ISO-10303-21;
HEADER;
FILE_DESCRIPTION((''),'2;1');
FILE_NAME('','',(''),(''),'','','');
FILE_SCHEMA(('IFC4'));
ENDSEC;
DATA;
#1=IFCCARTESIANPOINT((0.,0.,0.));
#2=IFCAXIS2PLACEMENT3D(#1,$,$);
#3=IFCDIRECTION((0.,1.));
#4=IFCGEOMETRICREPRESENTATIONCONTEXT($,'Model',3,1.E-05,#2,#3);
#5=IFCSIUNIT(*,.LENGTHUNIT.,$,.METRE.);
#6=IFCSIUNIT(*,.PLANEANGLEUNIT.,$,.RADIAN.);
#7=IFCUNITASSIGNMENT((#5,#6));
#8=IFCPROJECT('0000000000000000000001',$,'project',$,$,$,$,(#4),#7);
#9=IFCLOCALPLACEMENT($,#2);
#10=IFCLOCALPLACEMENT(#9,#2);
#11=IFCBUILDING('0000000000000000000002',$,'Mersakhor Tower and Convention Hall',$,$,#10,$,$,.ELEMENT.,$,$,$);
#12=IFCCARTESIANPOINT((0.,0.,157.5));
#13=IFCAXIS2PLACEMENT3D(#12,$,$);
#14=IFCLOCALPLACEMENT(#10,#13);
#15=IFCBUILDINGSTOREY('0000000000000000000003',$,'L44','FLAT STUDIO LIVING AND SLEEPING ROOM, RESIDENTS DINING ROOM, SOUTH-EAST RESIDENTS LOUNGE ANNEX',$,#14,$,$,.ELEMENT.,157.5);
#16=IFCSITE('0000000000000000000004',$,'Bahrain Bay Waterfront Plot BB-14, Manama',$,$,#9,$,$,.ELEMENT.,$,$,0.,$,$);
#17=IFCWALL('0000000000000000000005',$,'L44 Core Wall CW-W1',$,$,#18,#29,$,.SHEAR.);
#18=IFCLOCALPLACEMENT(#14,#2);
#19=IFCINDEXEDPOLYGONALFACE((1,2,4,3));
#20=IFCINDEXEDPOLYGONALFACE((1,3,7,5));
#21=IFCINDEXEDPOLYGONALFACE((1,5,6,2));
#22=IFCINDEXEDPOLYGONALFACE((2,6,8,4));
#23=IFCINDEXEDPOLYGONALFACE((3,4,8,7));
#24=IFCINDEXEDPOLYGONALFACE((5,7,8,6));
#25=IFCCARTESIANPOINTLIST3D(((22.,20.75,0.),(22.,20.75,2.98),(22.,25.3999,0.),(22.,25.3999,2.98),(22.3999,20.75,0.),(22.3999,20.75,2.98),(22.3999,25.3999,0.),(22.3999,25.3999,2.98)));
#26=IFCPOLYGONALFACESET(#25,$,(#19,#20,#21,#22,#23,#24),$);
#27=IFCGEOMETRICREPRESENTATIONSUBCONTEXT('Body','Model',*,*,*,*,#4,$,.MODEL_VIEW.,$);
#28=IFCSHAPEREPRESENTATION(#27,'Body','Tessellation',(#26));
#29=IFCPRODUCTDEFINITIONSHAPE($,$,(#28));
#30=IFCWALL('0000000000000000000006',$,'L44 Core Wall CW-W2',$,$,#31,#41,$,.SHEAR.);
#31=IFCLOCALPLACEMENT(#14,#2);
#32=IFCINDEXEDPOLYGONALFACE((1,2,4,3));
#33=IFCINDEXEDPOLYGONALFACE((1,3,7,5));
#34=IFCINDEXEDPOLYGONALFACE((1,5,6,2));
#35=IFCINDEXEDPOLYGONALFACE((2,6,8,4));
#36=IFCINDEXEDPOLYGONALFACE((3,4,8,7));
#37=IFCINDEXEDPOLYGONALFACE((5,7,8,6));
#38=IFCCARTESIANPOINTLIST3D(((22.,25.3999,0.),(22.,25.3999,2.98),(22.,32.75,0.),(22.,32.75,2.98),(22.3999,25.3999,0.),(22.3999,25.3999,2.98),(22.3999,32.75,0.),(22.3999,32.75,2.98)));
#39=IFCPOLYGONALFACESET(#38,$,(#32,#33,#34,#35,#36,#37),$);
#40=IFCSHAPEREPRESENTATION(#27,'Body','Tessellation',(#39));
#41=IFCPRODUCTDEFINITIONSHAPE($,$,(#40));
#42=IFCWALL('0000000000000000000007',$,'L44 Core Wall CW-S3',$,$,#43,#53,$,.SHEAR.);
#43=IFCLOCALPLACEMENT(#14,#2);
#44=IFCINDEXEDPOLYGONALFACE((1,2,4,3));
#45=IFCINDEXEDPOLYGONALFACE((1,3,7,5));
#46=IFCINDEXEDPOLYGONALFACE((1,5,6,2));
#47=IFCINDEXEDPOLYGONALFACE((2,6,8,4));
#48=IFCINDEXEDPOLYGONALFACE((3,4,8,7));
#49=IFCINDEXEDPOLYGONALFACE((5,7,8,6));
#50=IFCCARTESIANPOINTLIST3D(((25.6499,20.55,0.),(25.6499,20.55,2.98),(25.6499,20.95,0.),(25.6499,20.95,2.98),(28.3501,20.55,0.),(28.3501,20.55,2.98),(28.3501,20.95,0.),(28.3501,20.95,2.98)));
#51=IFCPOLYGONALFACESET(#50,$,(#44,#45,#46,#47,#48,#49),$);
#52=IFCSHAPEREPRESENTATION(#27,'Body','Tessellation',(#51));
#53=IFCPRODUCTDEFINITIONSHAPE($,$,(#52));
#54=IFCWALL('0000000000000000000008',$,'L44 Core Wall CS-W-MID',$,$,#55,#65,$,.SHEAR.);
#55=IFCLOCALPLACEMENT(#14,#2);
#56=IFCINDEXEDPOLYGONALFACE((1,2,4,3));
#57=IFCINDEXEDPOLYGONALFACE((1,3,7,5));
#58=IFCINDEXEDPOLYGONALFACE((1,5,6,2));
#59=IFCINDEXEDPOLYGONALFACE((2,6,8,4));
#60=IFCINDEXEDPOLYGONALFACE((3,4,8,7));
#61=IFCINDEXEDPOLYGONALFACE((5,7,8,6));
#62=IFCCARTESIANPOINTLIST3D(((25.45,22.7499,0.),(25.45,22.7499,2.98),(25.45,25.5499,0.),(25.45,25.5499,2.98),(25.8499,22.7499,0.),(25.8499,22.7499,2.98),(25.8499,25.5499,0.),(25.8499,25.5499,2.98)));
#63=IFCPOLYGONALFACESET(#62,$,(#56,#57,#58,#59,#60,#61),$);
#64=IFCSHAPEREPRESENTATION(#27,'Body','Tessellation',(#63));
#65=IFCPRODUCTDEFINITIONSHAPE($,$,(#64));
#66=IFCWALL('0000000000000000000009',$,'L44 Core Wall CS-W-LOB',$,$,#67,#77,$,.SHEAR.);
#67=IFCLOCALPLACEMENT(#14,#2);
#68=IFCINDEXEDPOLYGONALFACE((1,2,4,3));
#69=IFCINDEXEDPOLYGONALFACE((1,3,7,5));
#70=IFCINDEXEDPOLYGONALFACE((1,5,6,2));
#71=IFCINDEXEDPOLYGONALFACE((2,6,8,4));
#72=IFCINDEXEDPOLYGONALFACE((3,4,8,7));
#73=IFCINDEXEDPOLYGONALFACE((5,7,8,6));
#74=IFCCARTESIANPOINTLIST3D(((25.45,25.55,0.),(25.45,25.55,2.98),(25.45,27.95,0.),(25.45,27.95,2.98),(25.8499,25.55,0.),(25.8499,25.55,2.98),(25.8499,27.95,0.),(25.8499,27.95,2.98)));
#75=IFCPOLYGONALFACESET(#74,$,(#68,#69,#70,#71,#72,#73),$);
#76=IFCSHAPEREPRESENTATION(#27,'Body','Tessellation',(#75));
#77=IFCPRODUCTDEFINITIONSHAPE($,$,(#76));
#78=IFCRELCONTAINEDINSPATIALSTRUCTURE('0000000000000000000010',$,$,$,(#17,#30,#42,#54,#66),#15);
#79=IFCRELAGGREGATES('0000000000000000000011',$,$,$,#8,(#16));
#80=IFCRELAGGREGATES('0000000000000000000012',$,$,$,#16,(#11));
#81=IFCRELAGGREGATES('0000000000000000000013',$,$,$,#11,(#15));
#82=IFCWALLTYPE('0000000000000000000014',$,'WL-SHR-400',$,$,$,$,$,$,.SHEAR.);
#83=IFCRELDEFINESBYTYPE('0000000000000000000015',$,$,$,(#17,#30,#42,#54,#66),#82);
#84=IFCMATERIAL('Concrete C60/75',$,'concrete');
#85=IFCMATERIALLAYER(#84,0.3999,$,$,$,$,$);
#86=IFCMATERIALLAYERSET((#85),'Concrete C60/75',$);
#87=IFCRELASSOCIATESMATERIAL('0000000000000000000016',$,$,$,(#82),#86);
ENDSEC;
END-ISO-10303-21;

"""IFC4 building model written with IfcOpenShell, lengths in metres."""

from ifc_helpers import new_model, si_unit, direction, frame, frame_2d, origin, place, context, subcontext, project, spatial, rectangle, extrude, material, layer, layer_set, type_object, element, save


model = new_model("IFC4")

# Units and contexts
model_context = context("Model", 3, precision=1e-05, world=origin(), true_north=direction((0.0, 1.0)))
body_context = subcontext(model_context, "Body", "Model", "MODEL_VIEW")
ifc_project = project(units=[si_unit("LENGTHUNIT", "METRE"), si_unit("PLANEANGLEUNIT", "RADIAN")], contexts=[model_context])

# Site, building, storey
site_placement = place(None, origin())
site = spatial("IfcSite", under=ifc_project, at=site_placement, Name="Bahrain Bay Waterfront Plot BB-14, Manama", CompositionType="ELEMENT", RefElevation=0.0)
building_placement = place(site_placement, origin())
building = spatial("IfcBuilding", under=site, at=building_placement, Name="Mersakhor Tower and Convention Hall", CompositionType="ELEMENT")
storey_placement = place(building_placement, frame((0.0, 0.0, 157.5)))
storey = spatial("IfcBuildingStorey", under=building, at=storey_placement, Name="L44", Description="FLAT STUDIO LIVING AND SLEEPING ROOM, RESIDENTS DINING ROOM, SOUTH-EAST RESIDENTS LOUNGE ANNEX", CompositionType="ELEMENT", Elevation=157.5)

# Walls
ifc_material_1 = material(Name="Concrete C60/75", Category="concrete")
ifc_layer_1 = layer(ifc_material_1, 0.3999)
ifc_layer_set_1 = layer_set([ifc_layer_1], Name="Concrete C60/75")
wall_type_1 = type_object("IfcWallType", Name="WL-SHR-400", PredefinedType="SHEAR", material=ifc_layer_set_1)
wall_1_placement = place(storey_placement, frame((22.2, 20.75, 0.0), z_axis=(0.0, 0.0, 1.0), x_axis=(0.0, 1.0, 0.0)))
element("IfcWall", 1, at=wall_1_placement, inside=storey, type_object=wall_type_1, Name="L44 Core Wall CW-W1", PredefinedType="SHEAR", context=body_context, shape_type="SweptSolid", body=[
    extrude(rectangle(XDim=4.6499, YDim=0.3999, at=frame_2d((2.325, 0.0))), origin(), (0.0, 0.0, 1.0), 2.98),
])
wall_2_placement = place(storey_placement, frame((22.2, 25.3999, 0.0), z_axis=(0.0, 0.0, 1.0), x_axis=(0.0, 1.0, 0.0)))
element("IfcWall", 2, at=wall_2_placement, inside=storey, type_object=wall_type_1, Name="L44 Core Wall CW-W2", PredefinedType="SHEAR", context=body_context, shape_type="SweptSolid", body=[
    extrude(rectangle(XDim=7.3501, YDim=0.3999, at=frame_2d((3.675, 0.0))), origin(), (0.0, 0.0, 1.0), 2.98),
])
wall_3_placement = place(storey_placement, frame((28.3501, 20.75, 0.0), z_axis=(0.0, 0.0, 1.0), x_axis=(-1.0, 0.0, 0.0)))
element("IfcWall", 3, at=wall_3_placement, inside=storey, type_object=wall_type_1, Name="L44 Core Wall CW-S3", PredefinedType="SHEAR", context=body_context, shape_type="SweptSolid", body=[
    extrude(rectangle(XDim=2.7002, YDim=0.3999, at=frame_2d((1.3501, 0.0))), origin(), (0.0, 0.0, 1.0), 2.98),
])

# Walls
wall_4_placement = place(storey_placement, frame((25.6499, 22.75, 0.0), z_axis=(0.0, 0.0, 1.0), x_axis=(0.0, 1.0, 0.0)))
element("IfcWall", 4, at=wall_4_placement, inside=storey, type_object=wall_type_1, Name="L44 Core Wall CS-W-MID", PredefinedType="SHEAR", context=body_context, shape_type="SweptSolid", body=[
    extrude(rectangle(XDim=2.8, YDim=0.3999, at=frame_2d((1.3999, 0.0))), origin(), (0.0, 0.0, 1.0), 2.98),
])
wall_5_placement = place(storey_placement, frame((25.6499, 25.55, 0.0), z_axis=(0.0, 0.0, 1.0), x_axis=(0.0, 1.0, 0.0)))
element("IfcWall", 5, at=wall_5_placement, inside=storey, type_object=wall_type_1, Name="L44 Core Wall CS-W-LOB", PredefinedType="SHEAR", context=body_context, shape_type="SweptSolid", body=[
    extrude(rectangle(XDim=2.3999, YDim=0.3999, at=frame_2d((1.2, 0.0))), origin(), (0.0, 0.0, 1.0), 2.98),
])

save(model, "model.ifc")
